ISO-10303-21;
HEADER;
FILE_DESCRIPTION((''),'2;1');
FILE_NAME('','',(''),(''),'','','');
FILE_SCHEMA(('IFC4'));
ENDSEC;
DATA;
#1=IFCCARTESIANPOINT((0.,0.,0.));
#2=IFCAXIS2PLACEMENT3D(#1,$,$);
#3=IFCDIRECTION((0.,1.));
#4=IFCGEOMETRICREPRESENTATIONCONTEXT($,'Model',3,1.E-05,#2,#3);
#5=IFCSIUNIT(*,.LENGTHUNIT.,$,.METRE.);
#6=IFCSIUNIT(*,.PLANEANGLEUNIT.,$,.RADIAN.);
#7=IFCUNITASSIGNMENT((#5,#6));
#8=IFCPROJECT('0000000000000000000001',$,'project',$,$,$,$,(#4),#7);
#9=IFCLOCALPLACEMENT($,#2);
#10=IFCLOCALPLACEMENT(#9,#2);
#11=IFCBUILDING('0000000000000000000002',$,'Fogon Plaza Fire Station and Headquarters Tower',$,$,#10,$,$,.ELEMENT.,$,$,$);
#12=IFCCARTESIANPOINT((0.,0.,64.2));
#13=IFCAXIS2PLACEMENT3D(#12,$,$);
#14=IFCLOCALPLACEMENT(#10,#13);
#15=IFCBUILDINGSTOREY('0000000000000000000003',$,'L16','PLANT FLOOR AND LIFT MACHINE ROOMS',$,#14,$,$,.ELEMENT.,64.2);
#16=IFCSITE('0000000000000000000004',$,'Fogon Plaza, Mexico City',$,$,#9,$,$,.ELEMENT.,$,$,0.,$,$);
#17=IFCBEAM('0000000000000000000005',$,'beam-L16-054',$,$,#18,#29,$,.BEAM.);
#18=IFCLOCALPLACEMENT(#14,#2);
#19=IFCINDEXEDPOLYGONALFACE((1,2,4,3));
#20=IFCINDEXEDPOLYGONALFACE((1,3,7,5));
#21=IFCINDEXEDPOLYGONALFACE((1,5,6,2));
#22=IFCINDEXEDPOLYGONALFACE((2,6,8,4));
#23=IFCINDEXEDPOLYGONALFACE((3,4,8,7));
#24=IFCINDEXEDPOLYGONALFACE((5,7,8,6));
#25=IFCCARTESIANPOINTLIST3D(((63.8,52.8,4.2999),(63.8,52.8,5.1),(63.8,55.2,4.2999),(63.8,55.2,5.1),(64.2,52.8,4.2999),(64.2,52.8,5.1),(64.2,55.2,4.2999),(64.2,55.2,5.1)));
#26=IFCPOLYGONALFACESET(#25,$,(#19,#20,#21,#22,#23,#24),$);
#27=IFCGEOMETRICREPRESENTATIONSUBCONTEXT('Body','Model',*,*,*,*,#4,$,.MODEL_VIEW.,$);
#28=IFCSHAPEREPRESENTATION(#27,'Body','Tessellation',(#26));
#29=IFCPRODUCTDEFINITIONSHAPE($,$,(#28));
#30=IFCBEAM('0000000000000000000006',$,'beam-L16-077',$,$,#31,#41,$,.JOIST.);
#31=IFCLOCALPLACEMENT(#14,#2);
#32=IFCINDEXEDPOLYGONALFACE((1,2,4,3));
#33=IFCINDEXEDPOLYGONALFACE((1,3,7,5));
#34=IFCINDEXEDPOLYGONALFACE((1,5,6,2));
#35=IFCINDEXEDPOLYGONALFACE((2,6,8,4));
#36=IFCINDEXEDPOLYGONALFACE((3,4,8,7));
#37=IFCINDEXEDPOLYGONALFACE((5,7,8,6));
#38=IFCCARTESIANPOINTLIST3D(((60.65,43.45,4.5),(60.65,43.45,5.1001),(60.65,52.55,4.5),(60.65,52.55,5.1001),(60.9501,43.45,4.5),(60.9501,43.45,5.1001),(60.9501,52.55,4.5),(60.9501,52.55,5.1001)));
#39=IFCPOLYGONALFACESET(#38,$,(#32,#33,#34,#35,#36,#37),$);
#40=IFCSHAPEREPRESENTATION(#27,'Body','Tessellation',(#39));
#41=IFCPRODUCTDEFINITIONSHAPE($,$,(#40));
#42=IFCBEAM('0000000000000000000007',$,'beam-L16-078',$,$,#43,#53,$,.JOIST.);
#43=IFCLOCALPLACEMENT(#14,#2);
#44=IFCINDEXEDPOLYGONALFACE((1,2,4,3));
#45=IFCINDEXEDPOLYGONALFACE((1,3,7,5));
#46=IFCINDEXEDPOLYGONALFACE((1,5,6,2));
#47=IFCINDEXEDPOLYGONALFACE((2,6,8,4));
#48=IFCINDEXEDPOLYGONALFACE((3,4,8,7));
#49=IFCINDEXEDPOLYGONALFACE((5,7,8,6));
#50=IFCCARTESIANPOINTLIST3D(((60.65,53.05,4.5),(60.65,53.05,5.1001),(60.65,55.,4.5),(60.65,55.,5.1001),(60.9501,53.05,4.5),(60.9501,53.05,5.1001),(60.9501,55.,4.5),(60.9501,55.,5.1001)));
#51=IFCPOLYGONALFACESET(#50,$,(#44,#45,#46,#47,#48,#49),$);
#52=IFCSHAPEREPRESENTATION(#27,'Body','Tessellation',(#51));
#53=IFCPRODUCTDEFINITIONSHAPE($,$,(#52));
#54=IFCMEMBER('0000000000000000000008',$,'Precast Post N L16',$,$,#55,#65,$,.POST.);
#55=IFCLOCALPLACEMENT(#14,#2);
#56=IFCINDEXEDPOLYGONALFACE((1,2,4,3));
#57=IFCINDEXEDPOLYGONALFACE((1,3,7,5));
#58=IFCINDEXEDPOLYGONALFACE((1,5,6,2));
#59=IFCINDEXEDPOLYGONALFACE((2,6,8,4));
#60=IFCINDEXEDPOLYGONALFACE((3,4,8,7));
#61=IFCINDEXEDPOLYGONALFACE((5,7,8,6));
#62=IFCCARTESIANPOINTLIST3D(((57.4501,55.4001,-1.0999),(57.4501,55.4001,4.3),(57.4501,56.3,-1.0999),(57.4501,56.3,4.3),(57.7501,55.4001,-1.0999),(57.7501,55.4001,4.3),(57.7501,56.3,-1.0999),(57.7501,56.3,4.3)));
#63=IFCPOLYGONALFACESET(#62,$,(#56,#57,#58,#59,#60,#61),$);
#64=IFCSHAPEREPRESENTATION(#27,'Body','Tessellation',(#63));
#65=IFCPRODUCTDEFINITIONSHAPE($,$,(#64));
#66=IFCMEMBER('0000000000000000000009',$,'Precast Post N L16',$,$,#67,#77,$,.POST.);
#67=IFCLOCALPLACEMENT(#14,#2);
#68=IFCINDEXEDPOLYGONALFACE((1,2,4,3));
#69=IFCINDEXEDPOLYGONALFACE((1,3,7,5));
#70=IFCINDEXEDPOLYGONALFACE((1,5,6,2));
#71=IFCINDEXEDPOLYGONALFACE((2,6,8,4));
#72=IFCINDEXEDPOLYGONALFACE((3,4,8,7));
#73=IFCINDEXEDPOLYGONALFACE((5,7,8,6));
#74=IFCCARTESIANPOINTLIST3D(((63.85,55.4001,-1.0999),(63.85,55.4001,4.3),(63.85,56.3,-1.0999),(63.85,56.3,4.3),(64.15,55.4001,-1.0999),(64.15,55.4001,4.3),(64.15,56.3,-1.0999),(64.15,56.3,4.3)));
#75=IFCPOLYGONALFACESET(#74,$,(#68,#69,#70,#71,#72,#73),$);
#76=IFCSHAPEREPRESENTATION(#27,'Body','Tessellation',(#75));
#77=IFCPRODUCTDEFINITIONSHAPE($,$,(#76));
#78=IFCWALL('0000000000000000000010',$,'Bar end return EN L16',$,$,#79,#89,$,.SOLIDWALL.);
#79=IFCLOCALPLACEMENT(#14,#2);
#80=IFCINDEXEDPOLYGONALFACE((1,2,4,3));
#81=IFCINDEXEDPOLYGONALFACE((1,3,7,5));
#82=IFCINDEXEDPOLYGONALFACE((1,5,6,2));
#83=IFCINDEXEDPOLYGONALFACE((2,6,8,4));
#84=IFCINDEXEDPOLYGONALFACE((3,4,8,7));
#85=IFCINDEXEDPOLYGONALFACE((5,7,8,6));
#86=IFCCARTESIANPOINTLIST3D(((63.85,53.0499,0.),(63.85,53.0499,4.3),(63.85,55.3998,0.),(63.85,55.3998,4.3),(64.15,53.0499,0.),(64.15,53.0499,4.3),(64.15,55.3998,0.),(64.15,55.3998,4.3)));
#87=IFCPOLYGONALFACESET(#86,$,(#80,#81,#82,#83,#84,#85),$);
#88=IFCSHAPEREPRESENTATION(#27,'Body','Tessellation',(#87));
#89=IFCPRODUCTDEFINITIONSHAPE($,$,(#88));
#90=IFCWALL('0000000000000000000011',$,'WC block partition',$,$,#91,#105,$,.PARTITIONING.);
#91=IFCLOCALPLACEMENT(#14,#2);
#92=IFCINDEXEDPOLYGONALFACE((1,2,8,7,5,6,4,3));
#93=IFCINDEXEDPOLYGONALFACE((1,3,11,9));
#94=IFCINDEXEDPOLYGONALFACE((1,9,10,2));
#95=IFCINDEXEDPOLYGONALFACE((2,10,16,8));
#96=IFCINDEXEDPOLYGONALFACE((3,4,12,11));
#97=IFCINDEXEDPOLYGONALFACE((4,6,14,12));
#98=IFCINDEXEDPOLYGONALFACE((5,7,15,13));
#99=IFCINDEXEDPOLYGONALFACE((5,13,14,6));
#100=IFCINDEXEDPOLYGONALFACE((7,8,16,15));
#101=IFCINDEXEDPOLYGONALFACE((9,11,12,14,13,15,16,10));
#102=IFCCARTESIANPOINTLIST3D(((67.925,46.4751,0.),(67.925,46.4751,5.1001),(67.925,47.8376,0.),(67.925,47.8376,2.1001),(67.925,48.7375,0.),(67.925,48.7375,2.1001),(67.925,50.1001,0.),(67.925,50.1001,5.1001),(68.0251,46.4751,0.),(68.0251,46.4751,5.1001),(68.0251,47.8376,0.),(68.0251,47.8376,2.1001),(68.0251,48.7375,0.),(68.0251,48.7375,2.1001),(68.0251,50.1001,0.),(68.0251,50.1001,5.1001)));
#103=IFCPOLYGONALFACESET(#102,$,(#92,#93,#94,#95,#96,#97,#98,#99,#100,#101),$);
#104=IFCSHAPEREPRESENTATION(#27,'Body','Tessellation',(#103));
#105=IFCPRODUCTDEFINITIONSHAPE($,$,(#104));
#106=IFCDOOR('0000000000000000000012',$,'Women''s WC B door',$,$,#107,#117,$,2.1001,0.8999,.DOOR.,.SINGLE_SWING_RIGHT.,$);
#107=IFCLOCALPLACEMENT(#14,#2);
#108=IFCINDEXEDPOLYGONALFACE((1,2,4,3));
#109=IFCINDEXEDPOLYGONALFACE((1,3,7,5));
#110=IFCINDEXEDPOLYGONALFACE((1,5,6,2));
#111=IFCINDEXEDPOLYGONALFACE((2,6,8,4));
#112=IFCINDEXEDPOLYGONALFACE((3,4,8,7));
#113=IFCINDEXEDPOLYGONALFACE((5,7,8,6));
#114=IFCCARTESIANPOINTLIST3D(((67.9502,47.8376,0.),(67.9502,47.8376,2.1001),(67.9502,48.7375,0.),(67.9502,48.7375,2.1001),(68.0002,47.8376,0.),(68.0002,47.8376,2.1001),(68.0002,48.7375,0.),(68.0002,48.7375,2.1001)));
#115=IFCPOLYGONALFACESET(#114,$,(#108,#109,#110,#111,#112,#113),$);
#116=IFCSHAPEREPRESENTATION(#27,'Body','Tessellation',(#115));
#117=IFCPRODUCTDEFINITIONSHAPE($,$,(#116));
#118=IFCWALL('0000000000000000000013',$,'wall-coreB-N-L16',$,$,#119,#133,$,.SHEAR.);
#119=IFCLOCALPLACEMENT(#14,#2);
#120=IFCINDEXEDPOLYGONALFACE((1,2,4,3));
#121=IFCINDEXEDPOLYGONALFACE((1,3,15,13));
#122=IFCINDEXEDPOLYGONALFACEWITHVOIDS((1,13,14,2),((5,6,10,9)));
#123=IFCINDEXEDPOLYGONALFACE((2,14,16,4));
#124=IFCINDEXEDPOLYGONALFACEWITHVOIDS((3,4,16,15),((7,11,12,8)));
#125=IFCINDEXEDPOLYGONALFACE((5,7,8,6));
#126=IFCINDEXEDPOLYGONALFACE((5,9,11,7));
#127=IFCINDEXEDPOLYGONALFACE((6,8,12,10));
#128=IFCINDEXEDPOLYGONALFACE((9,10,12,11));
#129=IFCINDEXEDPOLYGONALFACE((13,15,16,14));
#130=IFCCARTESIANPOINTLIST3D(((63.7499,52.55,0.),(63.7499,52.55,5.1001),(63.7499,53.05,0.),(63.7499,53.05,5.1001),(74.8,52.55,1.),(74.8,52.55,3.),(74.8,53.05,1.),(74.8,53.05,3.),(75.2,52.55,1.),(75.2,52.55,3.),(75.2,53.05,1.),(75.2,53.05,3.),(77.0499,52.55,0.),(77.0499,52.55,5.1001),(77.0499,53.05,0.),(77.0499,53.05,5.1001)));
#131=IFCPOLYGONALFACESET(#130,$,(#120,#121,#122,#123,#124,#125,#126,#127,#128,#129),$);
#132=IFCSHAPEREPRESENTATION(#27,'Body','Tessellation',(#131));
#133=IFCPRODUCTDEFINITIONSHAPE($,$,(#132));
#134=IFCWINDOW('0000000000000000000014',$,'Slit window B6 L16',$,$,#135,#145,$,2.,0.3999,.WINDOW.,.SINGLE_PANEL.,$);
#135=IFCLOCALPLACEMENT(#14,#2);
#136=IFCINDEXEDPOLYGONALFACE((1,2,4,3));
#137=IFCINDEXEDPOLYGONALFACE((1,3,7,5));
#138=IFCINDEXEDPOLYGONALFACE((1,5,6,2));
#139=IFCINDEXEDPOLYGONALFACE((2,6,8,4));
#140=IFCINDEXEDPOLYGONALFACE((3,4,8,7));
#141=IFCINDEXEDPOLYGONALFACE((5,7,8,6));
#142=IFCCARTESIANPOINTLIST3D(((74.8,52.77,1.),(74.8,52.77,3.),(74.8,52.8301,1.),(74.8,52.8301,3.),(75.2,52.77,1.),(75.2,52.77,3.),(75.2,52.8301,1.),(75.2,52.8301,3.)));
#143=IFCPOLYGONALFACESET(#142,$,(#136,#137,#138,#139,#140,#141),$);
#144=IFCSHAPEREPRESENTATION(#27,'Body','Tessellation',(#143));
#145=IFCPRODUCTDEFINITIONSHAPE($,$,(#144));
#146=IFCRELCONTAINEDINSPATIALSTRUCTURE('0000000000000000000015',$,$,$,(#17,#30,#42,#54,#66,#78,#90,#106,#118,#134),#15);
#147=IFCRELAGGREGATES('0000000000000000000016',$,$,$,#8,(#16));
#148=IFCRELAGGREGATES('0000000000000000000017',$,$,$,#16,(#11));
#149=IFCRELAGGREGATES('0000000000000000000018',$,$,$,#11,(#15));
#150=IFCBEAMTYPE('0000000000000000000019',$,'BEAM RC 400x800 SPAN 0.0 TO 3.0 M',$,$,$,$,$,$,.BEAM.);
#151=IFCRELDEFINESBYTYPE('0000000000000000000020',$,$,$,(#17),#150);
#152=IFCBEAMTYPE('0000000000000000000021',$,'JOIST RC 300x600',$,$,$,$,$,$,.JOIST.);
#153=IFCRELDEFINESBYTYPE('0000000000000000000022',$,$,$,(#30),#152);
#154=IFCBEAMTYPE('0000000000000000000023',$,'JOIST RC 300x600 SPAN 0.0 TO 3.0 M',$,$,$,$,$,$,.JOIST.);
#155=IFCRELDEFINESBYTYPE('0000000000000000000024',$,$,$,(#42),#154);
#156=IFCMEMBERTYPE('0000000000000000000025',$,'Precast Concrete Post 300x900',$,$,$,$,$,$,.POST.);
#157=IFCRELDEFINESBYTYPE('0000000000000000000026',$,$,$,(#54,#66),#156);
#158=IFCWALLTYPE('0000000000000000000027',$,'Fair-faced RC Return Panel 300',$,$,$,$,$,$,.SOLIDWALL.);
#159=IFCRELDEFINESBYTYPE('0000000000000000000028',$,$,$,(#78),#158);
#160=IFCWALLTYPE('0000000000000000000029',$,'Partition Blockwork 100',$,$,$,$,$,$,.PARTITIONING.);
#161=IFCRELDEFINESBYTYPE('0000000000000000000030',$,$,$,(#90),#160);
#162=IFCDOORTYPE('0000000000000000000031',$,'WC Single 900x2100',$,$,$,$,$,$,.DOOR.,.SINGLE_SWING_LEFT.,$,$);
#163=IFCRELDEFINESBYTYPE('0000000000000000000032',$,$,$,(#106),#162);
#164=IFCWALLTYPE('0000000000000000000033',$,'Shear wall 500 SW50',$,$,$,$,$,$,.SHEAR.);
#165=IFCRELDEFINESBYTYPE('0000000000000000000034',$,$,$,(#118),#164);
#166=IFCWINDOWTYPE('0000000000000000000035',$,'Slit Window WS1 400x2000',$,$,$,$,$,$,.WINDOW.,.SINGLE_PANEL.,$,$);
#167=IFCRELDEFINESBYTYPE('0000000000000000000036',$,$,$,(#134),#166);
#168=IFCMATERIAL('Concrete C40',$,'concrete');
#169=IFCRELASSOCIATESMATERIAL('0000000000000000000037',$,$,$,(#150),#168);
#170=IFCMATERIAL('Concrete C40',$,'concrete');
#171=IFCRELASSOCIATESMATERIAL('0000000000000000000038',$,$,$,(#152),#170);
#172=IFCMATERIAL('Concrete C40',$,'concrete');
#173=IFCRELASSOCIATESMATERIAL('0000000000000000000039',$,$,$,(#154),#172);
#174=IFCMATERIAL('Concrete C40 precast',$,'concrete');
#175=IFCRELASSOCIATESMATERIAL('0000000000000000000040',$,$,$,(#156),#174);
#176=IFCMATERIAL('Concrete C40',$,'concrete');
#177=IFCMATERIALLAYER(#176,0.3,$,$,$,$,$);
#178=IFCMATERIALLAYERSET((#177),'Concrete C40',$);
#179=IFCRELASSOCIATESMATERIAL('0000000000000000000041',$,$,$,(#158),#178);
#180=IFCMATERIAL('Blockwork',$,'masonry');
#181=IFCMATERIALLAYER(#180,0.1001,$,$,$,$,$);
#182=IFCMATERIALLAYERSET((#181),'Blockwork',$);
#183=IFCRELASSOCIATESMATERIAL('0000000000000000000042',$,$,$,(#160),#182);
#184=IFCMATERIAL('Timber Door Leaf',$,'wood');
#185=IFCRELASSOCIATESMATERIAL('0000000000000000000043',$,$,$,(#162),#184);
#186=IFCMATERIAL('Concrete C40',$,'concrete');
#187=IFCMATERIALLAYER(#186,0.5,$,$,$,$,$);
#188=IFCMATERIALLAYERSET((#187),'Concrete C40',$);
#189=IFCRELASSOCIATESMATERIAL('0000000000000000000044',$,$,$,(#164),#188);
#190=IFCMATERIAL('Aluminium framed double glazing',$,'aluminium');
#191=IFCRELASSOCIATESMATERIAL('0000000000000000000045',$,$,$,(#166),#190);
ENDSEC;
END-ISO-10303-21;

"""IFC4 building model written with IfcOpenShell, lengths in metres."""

from ifc_helpers import new_model, si_unit, direction, frame, frame_2d, origin, origin_2d, place, context, subcontext, project, spatial, rectangle, extrude, material, layer, layer_set, material_profile, profile_set, type_object, element, fill, save


model = new_model("IFC4")

# Units and contexts
model_context = context("Model", 3, precision=1e-05, world=origin(), true_north=direction((0.0, 1.0)))
body_context = subcontext(model_context, "Body", "Model", "MODEL_VIEW")
ifc_project = project(units=[si_unit("LENGTHUNIT", "METRE"), si_unit("PLANEANGLEUNIT", "RADIAN")], contexts=[model_context])

# Site, building, storey
site_placement = place(None, origin())
site = spatial("IfcSite", under=ifc_project, at=site_placement, Name="Fogon Plaza, Mexico City", CompositionType="ELEMENT", RefElevation=0.0)
building_placement = place(site_placement, origin())
building = spatial("IfcBuilding", under=site, at=building_placement, Name="Fogon Plaza Fire Station and Headquarters Tower", CompositionType="ELEMENT")
storey_placement = place(building_placement, frame((0.0, 0.0, 64.2)))
storey = spatial("IfcBuildingStorey", under=building, at=storey_placement, Name="L16", Description="PLANT FLOOR AND LIFT MACHINE ROOMS", CompositionType="ELEMENT", Elevation=64.2)

# Beams
ifc_material_1 = material(Name="Concrete C40", Category="concrete")
ifc_material_profile_1 = material_profile(ifc_material_1, rectangle(XDim=0.3999, YDim=0.8, at=origin_2d()), Name="RC 400x800")
ifc_profile_set_1 = profile_set([ifc_material_profile_1], Name="Concrete C40")
beam_type_1 = type_object("IfcBeamType", Name="BEAM RC 400x800 SPAN 0.0 TO 3.0 M", PredefinedType="BEAM", material=ifc_profile_set_1)
beam_1_placement = place(storey_placement, frame((64.0, 52.8, 4.7), z_axis=(0.0, 1.0, 0.0), x_axis=(-1.0, 0.0, 0.0)))
element("IfcBeam", 1, at=beam_1_placement, inside=storey, type_object=beam_type_1, Name="beam-L16-054", PredefinedType="BEAM", context=body_context, shape_type="SweptSolid", body=[
    extrude(rectangle(XDim=0.3999, YDim=0.8, at=origin_2d()), origin(), (0.0, 0.0, 1.0), 2.3999),
])
ifc_material_2 = material(Name="Concrete C40", Category="concrete")
ifc_material_profile_2 = material_profile(ifc_material_2, rectangle(XDim=0.3, YDim=0.6001, at=origin_2d()), Name="RC 300x600")
ifc_profile_set_2 = profile_set([ifc_material_profile_2], Name="Concrete C40")
beam_type_2 = type_object("IfcBeamType", Name="JOIST RC 300x600", PredefinedType="JOIST", material=ifc_profile_set_2)
beam_2_placement = place(storey_placement, frame((60.8, 43.45, 4.8), z_axis=(0.0, 1.0, 0.0), x_axis=(-1.0, 0.0, 0.0)))
element("IfcBeam", 2, at=beam_2_placement, inside=storey, type_object=beam_type_2, Name="beam-L16-077", PredefinedType="JOIST", context=body_context, shape_type="SweptSolid", body=[
    extrude(rectangle(XDim=0.3, YDim=0.6001, at=origin_2d()), origin(), (0.0, 0.0, 1.0), 9.1001),
])
ifc_material_3 = material(Name="Concrete C40", Category="concrete")
ifc_material_profile_3 = material_profile(ifc_material_3, rectangle(XDim=0.3, YDim=0.6001, at=origin_2d()), Name="RC 300x600")
ifc_profile_set_3 = profile_set([ifc_material_profile_3], Name="Concrete C40")
beam_type_3 = type_object("IfcBeamType", Name="JOIST RC 300x600 SPAN 0.0 TO 3.0 M", PredefinedType="JOIST", material=ifc_profile_set_3)
beam_3_placement = place(storey_placement, frame((60.8, 53.05, 4.8), z_axis=(0.0, 1.0, 0.0), x_axis=(-1.0, 0.0, 0.0)))
element("IfcBeam", 3, at=beam_3_placement, inside=storey, type_object=beam_type_3, Name="beam-L16-078", PredefinedType="JOIST", context=body_context, shape_type="SweptSolid", body=[
    extrude(rectangle(XDim=0.3, YDim=0.6001, at=origin_2d()), origin(), (0.0, 0.0, 1.0), 1.95),
])

# Members
ifc_material_4 = material(Name="Concrete C40 precast", Category="concrete")
ifc_material_profile_4 = material_profile(ifc_material_4, rectangle(XDim=0.3, YDim=0.8999, at=origin_2d()), Name="Precast Concrete Post 300x900")
ifc_profile_set_4 = profile_set([ifc_material_profile_4], Name="Concrete C40 precast")
member_type = type_object("IfcMemberType", Name="Precast Concrete Post 300x900", PredefinedType="POST", material=ifc_profile_set_4)
for number, where, z_axis, x_axis, name in (
    (4, (57.6001, 55.8501, -1.0999), (0.0, 0.0, 1.0), (1.0, 0.0, 0.0), "Precast Post N L16"),
    (5, (64.0, 55.8501, -1.0999), (0.0, 0.0, 1.0), (1.0, 0.0, 0.0), "Precast Post N L16"),
):
    element("IfcMember", number, at=place(storey_placement, frame(where, z_axis=z_axis, x_axis=x_axis)), inside=storey, type_object=member_type, Name=name, PredefinedType="POST", context=body_context, shape_type="SweptSolid", body=[
        extrude(rectangle(XDim=0.3, YDim=0.8999, at=origin_2d()), origin(), (0.0, 0.0, 1.0), 5.3999),
    ])

# Wall
ifc_material_5 = material(Name="Concrete C40", Category="concrete")
ifc_layer_1 = layer(ifc_material_5, 0.3)
ifc_layer_set_1 = layer_set([ifc_layer_1], Name="Concrete C40")
wall_type_1 = type_object("IfcWallType", Name="Fair-faced RC Return Panel 300", PredefinedType="SOLIDWALL", material=ifc_layer_set_1)
wall_1_placement = place(storey_placement, frame((64.0, 53.05, 0.0), z_axis=(0.0, 0.0, 1.0), x_axis=(0.0, 1.0, 0.0)))
element("IfcWall", 6, at=wall_1_placement, inside=storey, type_object=wall_type_1, Name="Bar end return EN L16", PredefinedType="SOLIDWALL", context=body_context, shape_type="SweptSolid", body=[
    extrude(rectangle(XDim=2.3499, YDim=0.3, at=frame_2d((1.1748, 0.0))), origin(), (0.0, 0.0, 1.0), 4.3),
])

# Wall, opening, door
ifc_material_6 = material(Name="Blockwork", Category="masonry")
ifc_layer_2 = layer(ifc_material_6, 0.1001)
ifc_layer_set_2 = layer_set([ifc_layer_2], Name="Blockwork")
wall_type_2 = type_object("IfcWallType", Name="Partition Blockwork 100", PredefinedType="PARTITIONING", material=ifc_layer_set_2)
wall_2_placement = place(storey_placement, frame((67.9751, 46.4751, 0.0), z_axis=(0.0, 0.0, 1.0), x_axis=(0.0, 1.0, 0.0)))
wall_2 = element("IfcWall", 7, at=wall_2_placement, inside=storey, type_object=wall_type_2, Name="WC block partition", PredefinedType="PARTITIONING", context=body_context, shape_type="SweptSolid", body=[
    extrude(rectangle(XDim=3.625, YDim=0.1001, at=frame_2d((1.8125, 0.0))), origin(), (0.0, 0.0, 1.0), 5.1001),
])
opening_1_placement = place(wall_2_placement, frame((1.3625, 0.0, 0.0)))
opening_1 = element("IfcOpeningElement", 8, at=opening_1_placement, cuts=wall_2, PredefinedType="OPENING", context=body_context, shape_type="SweptSolid", body=[
    extrude(rectangle(XDim=0.8999, YDim=2.1001, at=frame_2d((0.45, 1.05))), frame((0.0, 0.0601, 0.0), z_axis=(0.0, -1.0, 0.0), x_axis=(1.0, 0.0, 0.0)), (0.0, 0.0, 1.0), 0.1201),
])
ifc_material_7 = material(Name="Timber Door Leaf", Category="wood")
door_type_1 = type_object("IfcDoorType", Name="WC Single 900x2100", OperationType="SINGLE_SWING_LEFT", PredefinedType="DOOR", material=ifc_material_7)
door_1_placement = place(opening_1_placement, origin())
door_1 = element("IfcDoor", 9, at=door_1_placement, inside=storey, type_object=door_type_1, Name="Women's WC B door", OperationType="SINGLE_SWING_RIGHT", OverallHeight=2.1001, OverallWidth=0.8999, PredefinedType="DOOR", context=body_context, shape_type="SweptSolid", body=[
    extrude(rectangle(XDim=0.8999, YDim=2.1001, at=frame_2d((0.45, 1.05))), frame((0.0, 0.0249, 0.0), z_axis=(0.0, -1.0, 0.0), x_axis=(1.0, 0.0, 0.0)), (0.0, 0.0, 1.0), 0.05),
])
fill(opening_1, door_1)

# Wall, opening, window
ifc_material_8 = material(Name="Concrete C40", Category="concrete")
ifc_layer_3 = layer(ifc_material_8, 0.5)
ifc_layer_set_3 = layer_set([ifc_layer_3], Name="Concrete C40")
wall_type_3 = type_object("IfcWallType", Name="Shear wall 500 SW50", PredefinedType="SHEAR", material=ifc_layer_set_3)
wall_3_placement = place(storey_placement, frame((63.75, 52.8, 0.0), z_axis=(0.0, 0.0, 1.0), x_axis=(1.0, 0.0, 0.0)))
wall_3 = element("IfcWall", 10, at=wall_3_placement, inside=storey, type_object=wall_type_3, Name="wall-coreB-N-L16", PredefinedType="SHEAR", context=body_context, shape_type="SweptSolid", body=[
    extrude(rectangle(XDim=13.3, YDim=0.5, at=frame_2d((6.6499, 0.0))), origin(), (0.0, 0.0, 1.0), 5.1001),
])
opening_2_placement = place(wall_3_placement, frame((11.05, 0.0, 1.0)))
opening_2 = element("IfcOpeningElement", 11, at=opening_2_placement, cuts=wall_3, PredefinedType="OPENING", context=body_context, shape_type="SweptSolid", body=[
    extrude(rectangle(XDim=0.3999, YDim=2.0, at=frame_2d((0.2, 1.0))), frame((0.0, 0.26, 0.0), z_axis=(0.0, -1.0, 0.0), x_axis=(1.0, 0.0, 0.0)), (0.0, 0.0, 1.0), 0.52),
])
ifc_material_9 = material(Name="Aluminium framed double glazing", Category="aluminium")
window_type = type_object("IfcWindowType", Name="Slit Window WS1 400x2000", PartitioningType="SINGLE_PANEL", PredefinedType="WINDOW", material=ifc_material_9)
window_placement = place(opening_2_placement, origin())
window = element("IfcWindow", 12, at=window_placement, inside=storey, type_object=window_type, Name="Slit window B6 L16", OverallHeight=2.0, OverallWidth=0.3999, PartitioningType="SINGLE_PANEL", PredefinedType="WINDOW", context=body_context, shape_type="SweptSolid", body=[
    extrude(rectangle(XDim=0.3999, YDim=2.0, at=frame_2d((0.2, 1.0))), frame((0.0, 0.03, 0.0), z_axis=(0.0, -1.0, 0.0), x_axis=(1.0, 0.0, 0.0)), (0.0, 0.0, 1.0), 0.0601),
])
fill(opening_2, window)

save(model, "model.ifc")
